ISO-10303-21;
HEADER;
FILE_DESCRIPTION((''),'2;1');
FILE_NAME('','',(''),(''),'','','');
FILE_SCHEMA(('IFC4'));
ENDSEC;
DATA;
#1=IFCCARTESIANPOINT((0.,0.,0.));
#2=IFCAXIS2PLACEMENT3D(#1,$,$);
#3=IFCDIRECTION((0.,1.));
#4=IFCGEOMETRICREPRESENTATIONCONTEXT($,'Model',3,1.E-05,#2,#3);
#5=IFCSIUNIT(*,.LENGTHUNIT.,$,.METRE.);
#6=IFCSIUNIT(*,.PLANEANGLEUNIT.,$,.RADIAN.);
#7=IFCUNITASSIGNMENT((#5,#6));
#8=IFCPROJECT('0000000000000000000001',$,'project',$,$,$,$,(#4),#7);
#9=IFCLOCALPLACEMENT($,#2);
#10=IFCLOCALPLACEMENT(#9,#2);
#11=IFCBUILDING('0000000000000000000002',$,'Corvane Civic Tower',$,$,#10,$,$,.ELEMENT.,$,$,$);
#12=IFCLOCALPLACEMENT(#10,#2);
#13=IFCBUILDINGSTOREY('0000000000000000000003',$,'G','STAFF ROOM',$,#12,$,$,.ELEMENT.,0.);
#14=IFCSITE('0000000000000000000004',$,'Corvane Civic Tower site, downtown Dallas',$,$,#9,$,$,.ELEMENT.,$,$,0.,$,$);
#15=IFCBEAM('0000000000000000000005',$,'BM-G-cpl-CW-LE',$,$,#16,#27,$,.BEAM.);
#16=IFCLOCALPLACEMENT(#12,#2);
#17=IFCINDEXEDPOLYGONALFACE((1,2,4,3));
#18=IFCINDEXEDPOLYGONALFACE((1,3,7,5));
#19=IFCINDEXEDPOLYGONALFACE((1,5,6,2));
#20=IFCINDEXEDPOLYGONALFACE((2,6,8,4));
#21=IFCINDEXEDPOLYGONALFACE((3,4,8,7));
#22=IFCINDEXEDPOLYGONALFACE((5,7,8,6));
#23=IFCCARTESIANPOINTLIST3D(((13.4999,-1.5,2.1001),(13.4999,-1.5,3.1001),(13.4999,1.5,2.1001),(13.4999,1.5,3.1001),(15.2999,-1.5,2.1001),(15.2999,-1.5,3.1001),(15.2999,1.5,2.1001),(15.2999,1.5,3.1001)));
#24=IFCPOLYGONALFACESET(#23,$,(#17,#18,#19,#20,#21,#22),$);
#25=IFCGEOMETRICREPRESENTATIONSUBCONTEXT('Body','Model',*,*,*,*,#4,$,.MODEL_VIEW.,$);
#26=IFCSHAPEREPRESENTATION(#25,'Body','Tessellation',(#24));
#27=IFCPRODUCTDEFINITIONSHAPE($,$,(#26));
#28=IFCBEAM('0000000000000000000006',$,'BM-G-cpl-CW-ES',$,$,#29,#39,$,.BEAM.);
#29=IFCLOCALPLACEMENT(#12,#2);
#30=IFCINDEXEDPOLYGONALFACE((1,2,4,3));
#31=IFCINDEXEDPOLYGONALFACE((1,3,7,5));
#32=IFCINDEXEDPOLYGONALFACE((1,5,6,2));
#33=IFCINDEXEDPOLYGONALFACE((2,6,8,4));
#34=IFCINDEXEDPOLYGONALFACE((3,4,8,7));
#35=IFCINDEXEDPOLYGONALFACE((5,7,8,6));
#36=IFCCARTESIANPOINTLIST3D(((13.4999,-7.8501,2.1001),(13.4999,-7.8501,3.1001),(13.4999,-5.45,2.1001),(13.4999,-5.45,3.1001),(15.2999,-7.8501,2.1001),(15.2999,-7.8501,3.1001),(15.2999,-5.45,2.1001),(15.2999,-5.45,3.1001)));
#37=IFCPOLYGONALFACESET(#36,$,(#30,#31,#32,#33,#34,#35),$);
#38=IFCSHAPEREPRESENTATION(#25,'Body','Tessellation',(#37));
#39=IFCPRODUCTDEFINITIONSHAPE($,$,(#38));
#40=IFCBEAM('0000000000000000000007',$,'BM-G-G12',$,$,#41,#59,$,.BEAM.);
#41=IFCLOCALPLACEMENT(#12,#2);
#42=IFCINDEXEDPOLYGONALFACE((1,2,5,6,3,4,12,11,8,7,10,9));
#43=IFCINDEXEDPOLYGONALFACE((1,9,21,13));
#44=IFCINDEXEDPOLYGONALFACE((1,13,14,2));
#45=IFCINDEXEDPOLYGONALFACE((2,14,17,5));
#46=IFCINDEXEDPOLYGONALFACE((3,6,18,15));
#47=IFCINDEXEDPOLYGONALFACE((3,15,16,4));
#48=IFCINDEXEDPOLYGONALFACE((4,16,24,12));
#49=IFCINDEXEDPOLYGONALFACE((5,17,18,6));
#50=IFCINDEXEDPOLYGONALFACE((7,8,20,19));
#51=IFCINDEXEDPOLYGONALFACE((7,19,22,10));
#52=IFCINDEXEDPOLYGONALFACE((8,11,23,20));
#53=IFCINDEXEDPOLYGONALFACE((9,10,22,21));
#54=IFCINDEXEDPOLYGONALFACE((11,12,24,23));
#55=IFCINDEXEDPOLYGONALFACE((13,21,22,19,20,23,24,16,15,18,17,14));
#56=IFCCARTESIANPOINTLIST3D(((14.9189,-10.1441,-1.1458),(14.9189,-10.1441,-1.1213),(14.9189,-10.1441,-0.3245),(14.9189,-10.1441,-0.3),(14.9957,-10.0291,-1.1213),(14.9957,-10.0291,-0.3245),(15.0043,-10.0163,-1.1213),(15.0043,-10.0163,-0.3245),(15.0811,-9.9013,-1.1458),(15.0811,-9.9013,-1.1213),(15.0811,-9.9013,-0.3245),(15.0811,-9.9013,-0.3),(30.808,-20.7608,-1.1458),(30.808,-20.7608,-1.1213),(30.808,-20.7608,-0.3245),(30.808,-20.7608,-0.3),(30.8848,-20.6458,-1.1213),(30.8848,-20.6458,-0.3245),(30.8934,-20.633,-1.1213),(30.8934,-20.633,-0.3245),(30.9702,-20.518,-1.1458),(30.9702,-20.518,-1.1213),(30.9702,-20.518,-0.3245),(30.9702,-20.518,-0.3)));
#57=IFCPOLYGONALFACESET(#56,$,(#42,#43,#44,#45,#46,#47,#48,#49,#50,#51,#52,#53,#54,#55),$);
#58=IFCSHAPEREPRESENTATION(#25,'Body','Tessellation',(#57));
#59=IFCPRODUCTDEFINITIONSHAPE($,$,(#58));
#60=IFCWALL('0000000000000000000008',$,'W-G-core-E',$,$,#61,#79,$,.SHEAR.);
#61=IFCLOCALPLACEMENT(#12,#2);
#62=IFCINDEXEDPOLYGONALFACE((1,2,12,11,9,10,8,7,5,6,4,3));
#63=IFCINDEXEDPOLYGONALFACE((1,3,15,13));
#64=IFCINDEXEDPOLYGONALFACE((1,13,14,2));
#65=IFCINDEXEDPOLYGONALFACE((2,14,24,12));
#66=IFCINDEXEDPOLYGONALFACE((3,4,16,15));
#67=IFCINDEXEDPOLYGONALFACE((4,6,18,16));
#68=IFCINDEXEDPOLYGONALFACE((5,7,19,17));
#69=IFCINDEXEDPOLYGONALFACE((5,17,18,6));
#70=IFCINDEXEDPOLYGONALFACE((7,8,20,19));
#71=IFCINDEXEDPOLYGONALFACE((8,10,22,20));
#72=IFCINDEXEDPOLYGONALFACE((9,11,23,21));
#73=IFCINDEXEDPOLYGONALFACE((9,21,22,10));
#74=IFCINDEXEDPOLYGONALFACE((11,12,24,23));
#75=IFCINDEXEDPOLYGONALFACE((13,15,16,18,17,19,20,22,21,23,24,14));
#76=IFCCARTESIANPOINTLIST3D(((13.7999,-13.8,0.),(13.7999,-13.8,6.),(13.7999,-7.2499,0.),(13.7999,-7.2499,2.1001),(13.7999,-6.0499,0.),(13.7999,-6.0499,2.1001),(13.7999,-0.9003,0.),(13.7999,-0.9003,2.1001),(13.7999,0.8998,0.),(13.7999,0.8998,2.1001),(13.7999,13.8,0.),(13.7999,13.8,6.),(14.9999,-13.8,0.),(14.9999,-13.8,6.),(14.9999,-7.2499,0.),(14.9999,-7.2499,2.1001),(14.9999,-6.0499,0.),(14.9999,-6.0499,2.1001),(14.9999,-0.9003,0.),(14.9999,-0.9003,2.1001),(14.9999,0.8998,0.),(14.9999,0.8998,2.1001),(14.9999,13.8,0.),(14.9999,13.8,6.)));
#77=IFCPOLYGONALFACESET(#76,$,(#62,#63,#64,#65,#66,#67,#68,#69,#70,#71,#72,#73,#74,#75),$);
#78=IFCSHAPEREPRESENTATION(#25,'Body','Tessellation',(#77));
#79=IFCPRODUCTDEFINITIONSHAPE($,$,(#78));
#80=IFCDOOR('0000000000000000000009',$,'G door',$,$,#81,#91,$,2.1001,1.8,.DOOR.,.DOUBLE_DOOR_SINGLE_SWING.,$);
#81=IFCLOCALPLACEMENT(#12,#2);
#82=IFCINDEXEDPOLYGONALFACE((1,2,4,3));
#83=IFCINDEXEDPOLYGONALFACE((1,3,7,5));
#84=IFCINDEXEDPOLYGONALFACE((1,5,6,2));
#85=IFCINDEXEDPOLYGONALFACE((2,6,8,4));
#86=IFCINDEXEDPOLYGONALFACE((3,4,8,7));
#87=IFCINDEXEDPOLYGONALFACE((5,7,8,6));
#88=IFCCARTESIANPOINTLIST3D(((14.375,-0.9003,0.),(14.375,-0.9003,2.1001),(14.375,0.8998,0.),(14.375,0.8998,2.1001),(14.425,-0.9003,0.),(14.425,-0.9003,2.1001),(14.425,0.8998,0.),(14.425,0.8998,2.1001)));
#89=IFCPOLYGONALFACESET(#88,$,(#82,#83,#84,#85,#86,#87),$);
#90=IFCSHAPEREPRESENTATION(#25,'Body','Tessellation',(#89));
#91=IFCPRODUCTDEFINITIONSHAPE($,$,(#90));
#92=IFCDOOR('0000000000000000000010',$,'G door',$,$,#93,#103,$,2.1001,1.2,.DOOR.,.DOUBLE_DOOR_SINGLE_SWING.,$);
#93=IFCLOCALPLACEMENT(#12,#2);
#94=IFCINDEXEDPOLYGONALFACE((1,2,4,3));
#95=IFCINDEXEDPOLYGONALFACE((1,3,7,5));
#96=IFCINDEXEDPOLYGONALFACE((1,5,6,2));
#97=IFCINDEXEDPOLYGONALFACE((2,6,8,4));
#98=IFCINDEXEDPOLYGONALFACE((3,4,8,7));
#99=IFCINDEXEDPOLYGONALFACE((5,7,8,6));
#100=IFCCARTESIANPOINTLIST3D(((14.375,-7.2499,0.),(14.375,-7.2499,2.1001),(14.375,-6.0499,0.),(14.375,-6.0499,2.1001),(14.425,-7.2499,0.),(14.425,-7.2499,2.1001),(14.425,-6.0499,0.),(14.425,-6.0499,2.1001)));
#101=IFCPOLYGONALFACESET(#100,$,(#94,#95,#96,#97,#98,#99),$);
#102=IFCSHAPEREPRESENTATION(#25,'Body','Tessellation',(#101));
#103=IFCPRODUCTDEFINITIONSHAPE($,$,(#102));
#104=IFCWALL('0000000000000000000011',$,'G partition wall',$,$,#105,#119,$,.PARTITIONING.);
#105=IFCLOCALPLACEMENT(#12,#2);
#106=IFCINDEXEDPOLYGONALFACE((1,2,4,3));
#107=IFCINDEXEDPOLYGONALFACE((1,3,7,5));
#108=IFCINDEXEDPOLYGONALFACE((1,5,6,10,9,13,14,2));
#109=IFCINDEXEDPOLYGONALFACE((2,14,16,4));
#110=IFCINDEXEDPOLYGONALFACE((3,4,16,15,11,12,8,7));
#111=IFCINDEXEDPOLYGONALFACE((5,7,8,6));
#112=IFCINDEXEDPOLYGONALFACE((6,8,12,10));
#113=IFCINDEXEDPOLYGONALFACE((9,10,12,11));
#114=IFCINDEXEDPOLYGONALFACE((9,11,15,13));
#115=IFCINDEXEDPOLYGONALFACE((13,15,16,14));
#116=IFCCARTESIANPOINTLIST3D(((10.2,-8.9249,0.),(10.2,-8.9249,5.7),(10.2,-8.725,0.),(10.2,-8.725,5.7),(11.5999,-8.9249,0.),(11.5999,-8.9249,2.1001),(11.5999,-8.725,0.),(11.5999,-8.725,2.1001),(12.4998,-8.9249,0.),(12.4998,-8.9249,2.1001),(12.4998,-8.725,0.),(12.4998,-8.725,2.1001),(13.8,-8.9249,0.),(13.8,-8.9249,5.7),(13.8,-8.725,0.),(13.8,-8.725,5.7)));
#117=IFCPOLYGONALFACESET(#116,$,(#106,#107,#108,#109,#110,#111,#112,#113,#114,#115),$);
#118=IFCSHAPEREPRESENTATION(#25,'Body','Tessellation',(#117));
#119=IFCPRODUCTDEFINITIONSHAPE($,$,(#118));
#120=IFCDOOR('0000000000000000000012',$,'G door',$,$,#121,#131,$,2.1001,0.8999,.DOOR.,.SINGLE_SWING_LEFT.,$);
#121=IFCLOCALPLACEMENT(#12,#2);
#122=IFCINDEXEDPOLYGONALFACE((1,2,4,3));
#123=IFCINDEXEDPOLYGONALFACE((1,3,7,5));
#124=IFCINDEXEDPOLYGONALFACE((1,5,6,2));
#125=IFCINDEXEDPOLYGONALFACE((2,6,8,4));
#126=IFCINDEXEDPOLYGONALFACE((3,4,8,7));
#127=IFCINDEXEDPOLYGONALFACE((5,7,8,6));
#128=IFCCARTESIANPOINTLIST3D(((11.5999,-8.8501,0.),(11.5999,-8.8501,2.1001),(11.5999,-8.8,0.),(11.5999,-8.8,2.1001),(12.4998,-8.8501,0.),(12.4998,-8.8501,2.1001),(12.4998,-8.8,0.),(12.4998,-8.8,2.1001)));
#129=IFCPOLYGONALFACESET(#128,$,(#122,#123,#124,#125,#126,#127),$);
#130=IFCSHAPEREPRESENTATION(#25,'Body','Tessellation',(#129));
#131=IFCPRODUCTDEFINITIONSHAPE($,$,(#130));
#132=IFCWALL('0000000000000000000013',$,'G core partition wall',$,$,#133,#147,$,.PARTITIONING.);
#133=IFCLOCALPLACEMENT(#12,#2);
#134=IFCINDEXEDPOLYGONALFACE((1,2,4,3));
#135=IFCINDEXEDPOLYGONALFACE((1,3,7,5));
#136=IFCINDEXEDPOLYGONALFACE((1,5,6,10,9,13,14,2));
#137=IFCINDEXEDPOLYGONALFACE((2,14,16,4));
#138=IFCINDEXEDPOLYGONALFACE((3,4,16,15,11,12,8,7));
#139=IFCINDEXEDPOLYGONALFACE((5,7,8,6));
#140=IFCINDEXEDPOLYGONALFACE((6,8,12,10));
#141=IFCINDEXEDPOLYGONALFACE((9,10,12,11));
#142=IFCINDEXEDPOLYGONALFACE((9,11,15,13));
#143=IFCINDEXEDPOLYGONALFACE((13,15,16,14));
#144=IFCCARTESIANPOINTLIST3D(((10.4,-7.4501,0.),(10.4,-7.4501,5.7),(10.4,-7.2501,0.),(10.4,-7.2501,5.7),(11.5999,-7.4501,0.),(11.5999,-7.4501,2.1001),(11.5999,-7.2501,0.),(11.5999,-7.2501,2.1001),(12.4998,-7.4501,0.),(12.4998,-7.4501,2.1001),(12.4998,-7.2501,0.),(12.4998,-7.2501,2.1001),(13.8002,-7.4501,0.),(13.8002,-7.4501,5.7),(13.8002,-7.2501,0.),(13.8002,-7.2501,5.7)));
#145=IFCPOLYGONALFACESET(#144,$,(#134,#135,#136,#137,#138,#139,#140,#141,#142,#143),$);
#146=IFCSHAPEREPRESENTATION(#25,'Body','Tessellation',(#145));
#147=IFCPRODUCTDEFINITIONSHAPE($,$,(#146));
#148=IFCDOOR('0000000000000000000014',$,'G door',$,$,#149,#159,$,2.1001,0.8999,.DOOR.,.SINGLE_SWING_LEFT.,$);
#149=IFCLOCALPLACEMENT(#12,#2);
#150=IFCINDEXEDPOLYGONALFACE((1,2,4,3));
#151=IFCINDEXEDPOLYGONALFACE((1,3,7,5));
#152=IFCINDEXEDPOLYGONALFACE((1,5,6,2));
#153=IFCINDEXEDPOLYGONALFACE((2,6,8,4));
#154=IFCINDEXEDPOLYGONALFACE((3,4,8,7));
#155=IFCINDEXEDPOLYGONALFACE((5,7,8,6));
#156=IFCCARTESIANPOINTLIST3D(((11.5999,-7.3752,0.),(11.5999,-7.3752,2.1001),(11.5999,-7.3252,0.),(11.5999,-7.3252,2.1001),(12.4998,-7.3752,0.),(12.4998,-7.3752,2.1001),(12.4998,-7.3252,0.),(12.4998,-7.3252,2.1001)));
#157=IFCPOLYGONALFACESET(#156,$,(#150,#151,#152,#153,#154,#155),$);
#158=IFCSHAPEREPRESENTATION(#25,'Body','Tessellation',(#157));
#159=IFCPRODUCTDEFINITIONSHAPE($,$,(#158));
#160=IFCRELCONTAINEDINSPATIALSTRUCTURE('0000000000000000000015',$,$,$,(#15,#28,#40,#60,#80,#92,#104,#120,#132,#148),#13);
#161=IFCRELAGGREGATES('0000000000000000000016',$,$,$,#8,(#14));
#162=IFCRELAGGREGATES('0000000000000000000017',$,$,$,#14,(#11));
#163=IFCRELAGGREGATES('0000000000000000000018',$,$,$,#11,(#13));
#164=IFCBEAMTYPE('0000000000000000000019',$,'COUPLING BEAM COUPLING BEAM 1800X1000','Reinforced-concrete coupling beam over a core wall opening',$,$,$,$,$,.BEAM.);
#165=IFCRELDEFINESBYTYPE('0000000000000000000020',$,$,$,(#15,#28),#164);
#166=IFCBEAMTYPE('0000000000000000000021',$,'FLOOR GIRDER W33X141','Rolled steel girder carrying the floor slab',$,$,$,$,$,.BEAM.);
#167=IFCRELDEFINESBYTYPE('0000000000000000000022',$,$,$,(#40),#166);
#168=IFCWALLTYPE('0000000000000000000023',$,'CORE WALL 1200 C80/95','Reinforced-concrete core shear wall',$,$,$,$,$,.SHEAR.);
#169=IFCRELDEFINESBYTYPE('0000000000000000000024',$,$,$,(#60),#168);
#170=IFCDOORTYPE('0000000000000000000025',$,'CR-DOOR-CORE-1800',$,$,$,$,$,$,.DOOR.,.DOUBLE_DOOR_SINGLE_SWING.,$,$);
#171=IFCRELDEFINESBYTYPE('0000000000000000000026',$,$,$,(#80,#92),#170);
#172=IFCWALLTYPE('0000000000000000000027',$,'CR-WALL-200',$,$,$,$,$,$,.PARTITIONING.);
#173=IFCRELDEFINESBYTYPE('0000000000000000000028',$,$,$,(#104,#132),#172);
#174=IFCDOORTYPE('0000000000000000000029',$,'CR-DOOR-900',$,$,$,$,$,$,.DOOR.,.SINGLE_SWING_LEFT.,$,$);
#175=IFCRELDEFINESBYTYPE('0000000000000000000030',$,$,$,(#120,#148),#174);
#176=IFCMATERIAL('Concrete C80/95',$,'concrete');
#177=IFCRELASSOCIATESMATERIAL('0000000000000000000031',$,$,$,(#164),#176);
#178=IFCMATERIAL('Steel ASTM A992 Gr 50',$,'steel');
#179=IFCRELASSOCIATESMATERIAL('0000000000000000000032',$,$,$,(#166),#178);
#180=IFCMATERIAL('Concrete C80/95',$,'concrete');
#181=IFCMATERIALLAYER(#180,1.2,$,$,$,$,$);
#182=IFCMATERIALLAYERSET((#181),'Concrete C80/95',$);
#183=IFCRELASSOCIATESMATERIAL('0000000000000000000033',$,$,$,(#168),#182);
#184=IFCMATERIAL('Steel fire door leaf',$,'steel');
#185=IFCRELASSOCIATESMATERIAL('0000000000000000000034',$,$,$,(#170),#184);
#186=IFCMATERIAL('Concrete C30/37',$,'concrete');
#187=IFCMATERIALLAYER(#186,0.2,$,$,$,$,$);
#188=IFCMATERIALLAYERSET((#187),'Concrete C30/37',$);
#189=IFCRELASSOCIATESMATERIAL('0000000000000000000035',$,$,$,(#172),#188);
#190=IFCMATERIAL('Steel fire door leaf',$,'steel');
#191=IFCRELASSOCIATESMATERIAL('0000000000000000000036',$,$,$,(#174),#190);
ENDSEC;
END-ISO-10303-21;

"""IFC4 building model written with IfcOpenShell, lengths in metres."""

from ifc_helpers import new_model, si_unit, direction, frame, frame_2d, origin, origin_2d, place, context, subcontext, project, spatial, rectangle, i_section, extrude, material, layer, layer_set, material_profile, profile_set, type_object, element, fill, save


model = new_model("IFC4")

# Units and contexts
model_context = context("Model", 3, precision=1e-05, world=origin(), true_north=direction((0.0, 1.0)))
body_context = subcontext(model_context, "Body", "Model", "MODEL_VIEW")
ifc_project = project(units=[si_unit("LENGTHUNIT", "METRE"), si_unit("PLANEANGLEUNIT", "RADIAN")], contexts=[model_context])

# Site, building, storey
site_placement = place(None, origin())
site = spatial("IfcSite", under=ifc_project, at=site_placement, Name="Corvane Civic Tower site, downtown Dallas", CompositionType="ELEMENT", RefElevation=0.0)
building_placement = place(site_placement, origin())
building = spatial("IfcBuilding", under=site, at=building_placement, Name="Corvane Civic Tower", CompositionType="ELEMENT")
storey_placement = place(building_placement, origin())
storey = spatial("IfcBuildingStorey", under=building, at=storey_placement, Name="G", Description="STAFF ROOM", CompositionType="ELEMENT", Elevation=0.0)

# Beams
ifc_material_1 = material(Name="Concrete C80/95", Category="concrete")
ifc_material_profile_1 = material_profile(ifc_material_1, rectangle(XDim=1.8, YDim=1.0, at=origin_2d()), Name="COUPLING BEAM 1800X1000")
ifc_profile_set_1 = profile_set([ifc_material_profile_1], Name="Concrete C80/95")
beam_type_1 = type_object("IfcBeamType", Name="COUPLING BEAM COUPLING BEAM 1800X1000", Description="Reinforced-concrete coupling beam over a core wall opening", PredefinedType="BEAM", material=ifc_profile_set_1)
beam_1_placement = place(storey_placement, frame((14.3999, -1.5, 2.6001), z_axis=(0.0, 1.0, 0.0), x_axis=(-1.0, 0.0, 0.0)))
element("IfcBeam", 1, at=beam_1_placement, inside=storey, type_object=beam_type_1, Name="BM-G-cpl-CW-LE", PredefinedType="BEAM", context=body_context, shape_type="SweptSolid", body=[
    extrude(rectangle(XDim=1.8, YDim=1.0, at=origin_2d()), origin(), (0.0, 0.0, 1.0), 3.0),
])
beam_2_placement = place(storey_placement, frame((14.3999, -7.8501, 2.6001), z_axis=(0.0, 1.0, 0.0), x_axis=(-1.0, 0.0, 0.0)))
element("IfcBeam", 2, at=beam_2_placement, inside=storey, type_object=beam_type_1, Name="BM-G-cpl-CW-ES", PredefinedType="BEAM", context=body_context, shape_type="SweptSolid", body=[
    extrude(rectangle(XDim=1.8, YDim=1.0, at=origin_2d()), origin(), (0.0, 0.0, 1.0), 2.4001),
])
ifc_material_2 = material(Name="Steel ASTM A992 Gr 50", Category="steel")
ifc_material_profile_2 = material_profile(ifc_material_2, i_section(OverallWidth=0.292, OverallDepth=0.8457, WebThickness=0.0154, FlangeThickness=0.0244, at=origin_2d()), Name="W33X141")
ifc_profile_set_2 = profile_set([ifc_material_profile_2], Name="Steel ASTM A992 Gr 50")
beam_type_2 = type_object("IfcBeamType", Name="FLOOR GIRDER W33X141", Description="Rolled steel girder carrying the floor slab", PredefinedType="BEAM", material=ifc_profile_set_2)
beam_3_placement = place(storey_placement, frame((15.0, -10.0227, -0.7229), z_axis=(0.831472, -0.555567, 0.0), x_axis=(0.555567, 0.831472, 0.0)))
element("IfcBeam", 3, at=beam_3_placement, inside=storey, type_object=beam_type_2, Name="BM-G-G12", PredefinedType="BEAM", context=body_context, shape_type="SweptSolid", body=[
    extrude(i_section(OverallWidth=0.292, OverallDepth=0.8457, WebThickness=0.0154, FlangeThickness=0.0244, at=origin_2d()), origin(), (0.0, 0.0, 1.0), 19.1096),
])

# Wall, openings, doors
ifc_material_3 = material(Name="Concrete C80/95", Category="concrete")
ifc_layer_1 = layer(ifc_material_3, 1.2)
ifc_layer_set_1 = layer_set([ifc_layer_1], Name="Concrete C80/95")
wall_type_1 = type_object("IfcWallType", Name="CORE WALL 1200 C80/95", Description="Reinforced-concrete core shear wall", PredefinedType="SHEAR", material=ifc_layer_set_1)
wall_1_placement = place(storey_placement, frame((14.3999, -13.8, 0.0), z_axis=(0.0, 0.0, 1.0), x_axis=(0.0, 1.0, 0.0)))
wall_1 = element("IfcWall", 4, at=wall_1_placement, inside=storey, type_object=wall_type_1, Name="W-G-core-E", PredefinedType="SHEAR", context=body_context, shape_type="SweptSolid", body=[
    extrude(rectangle(XDim=27.6001, YDim=1.2, at=frame_2d((13.8, 0.0))), origin(), (0.0, 0.0, 1.0), 6.0),
])
opening_1_placement = place(wall_1_placement, frame((12.8999, 0.0, 0.0)))
opening_1 = element("IfcOpeningElement", 5, at=opening_1_placement, cuts=wall_1, PredefinedType="OPENING", context=body_context, shape_type="SweptSolid", body=[
    extrude(rectangle(XDim=1.8, YDim=2.1001, at=frame_2d((0.8999, 1.05))), frame((0.0, 0.6099, 0.0), z_axis=(0.0, -1.0, 0.0), x_axis=(1.0, 0.0, 0.0)), (0.0, 0.0, 1.0), 1.22),
])
opening_2_placement = place(wall_1_placement, frame((6.55, 0.0, 0.0)))
opening_2 = element("IfcOpeningElement", 6, at=opening_2_placement, cuts=wall_1, PredefinedType="OPENING", context=body_context, shape_type="SweptSolid", body=[
    extrude(rectangle(XDim=1.2, YDim=2.1001, at=frame_2d((0.6001, 1.05))), frame((0.0, 0.6099, 0.0), z_axis=(0.0, -1.0, 0.0), x_axis=(1.0, 0.0, 0.0)), (0.0, 0.0, 1.0), 1.22),
])
ifc_material_4 = material(Name="Steel fire door leaf", Category="steel")
door_type_1 = type_object("IfcDoorType", Name="CR-DOOR-CORE-1800", OperationType="DOUBLE_DOOR_SINGLE_SWING", PredefinedType="DOOR", material=ifc_material_4)
door_1_placement = place(opening_1_placement, origin())
door_1 = element("IfcDoor", 7, at=door_1_placement, inside=storey, type_object=door_type_1, Name="G door", OperationType="DOUBLE_DOOR_SINGLE_SWING", OverallHeight=2.1001, OverallWidth=1.8, PredefinedType="DOOR", context=body_context, shape_type="SweptSolid", body=[
    extrude(rectangle(XDim=1.8, YDim=2.1001, at=frame_2d((0.8999, 1.05))), frame((0.0, 0.0249, 0.0), z_axis=(0.0, -1.0, 0.0), x_axis=(1.0, 0.0, 0.0)), (0.0, 0.0, 1.0), 0.05),
])
fill(opening_1, door_1)
door_2_placement = place(opening_2_placement, origin())
door_2 = element("IfcDoor", 8, at=door_2_placement, inside=storey, type_object=door_type_1, Name="G door", OperationType="DOUBLE_DOOR_SINGLE_SWING", OverallHeight=2.1001, OverallWidth=1.2, PredefinedType="DOOR", context=body_context, shape_type="SweptSolid", body=[
    extrude(rectangle(XDim=1.2, YDim=2.1001, at=frame_2d((0.6001, 1.05))), frame((0.0, 0.0249, 0.0), z_axis=(0.0, -1.0, 0.0), x_axis=(1.0, 0.0, 0.0)), (0.0, 0.0, 1.0), 0.05),
])
fill(opening_2, door_2)

# Walls, openings, doors
ifc_material_5 = material(Name="Concrete C30/37", Category="concrete")
ifc_layer_2 = layer(ifc_material_5, 0.2)
ifc_layer_set_2 = layer_set([ifc_layer_2], Name="Concrete C30/37")
wall_type_2 = type_object("IfcWallType", Name="CR-WALL-200", PredefinedType="PARTITIONING", material=ifc_layer_set_2)
wall_2_placement = place(storey_placement, frame((10.2, -8.825, 0.0), z_axis=(0.0, 0.0, 1.0), x_axis=(1.0, 0.0, 0.0)))
wall_2 = element("IfcWall", 9, at=wall_2_placement, inside=storey, type_object=wall_type_2, Name="G partition wall", PredefinedType="PARTITIONING", context=body_context, shape_type="SweptSolid", body=[
    extrude(rectangle(XDim=3.6001, YDim=0.2, at=frame_2d((1.8, 0.0))), origin(), (0.0, 0.0, 1.0), 5.7),
])
opening_3_placement = place(wall_2_placement, frame((1.3999, 0.0, 0.0)))
opening_3 = element("IfcOpeningElement", 10, at=opening_3_placement, cuts=wall_2, PredefinedType="OPENING", context=body_context, shape_type="SweptSolid", body=[
    extrude(rectangle(XDim=0.8999, YDim=2.1001, at=frame_2d((0.45, 1.05))), frame((0.0, 0.1099, 0.0), z_axis=(0.0, -1.0, 0.0), x_axis=(1.0, 0.0, 0.0)), (0.0, 0.0, 1.0), 0.22),
])
ifc_material_6 = material(Name="Steel fire door leaf", Category="steel")
door_type_2 = type_object("IfcDoorType", Name="CR-DOOR-900", OperationType="SINGLE_SWING_LEFT", PredefinedType="DOOR", material=ifc_material_6)
door_3_placement = place(opening_3_placement, origin())
door_3 = element("IfcDoor", 11, at=door_3_placement, inside=storey, type_object=door_type_2, Name="G door", OperationType="SINGLE_SWING_LEFT", OverallHeight=2.1001, OverallWidth=0.8999, PredefinedType="DOOR", context=body_context, shape_type="SweptSolid", body=[
    extrude(rectangle(XDim=0.8999, YDim=2.1001, at=frame_2d((0.45, 1.05))), frame((0.0, 0.0249, 0.0), z_axis=(0.0, -1.0, 0.0), x_axis=(1.0, 0.0, 0.0)), (0.0, 0.0, 1.0), 0.05),
])
fill(opening_3, door_3)
wall_3_placement = place(storey_placement, frame((10.3999, -7.3501, 0.0), z_axis=(0.0, 0.0, 1.0), x_axis=(1.0, 0.0, 0.0)))
wall_3 = element("IfcWall", 12, at=wall_3_placement, inside=storey, type_object=wall_type_2, Name="G core partition wall", PredefinedType="PARTITIONING", context=body_context, shape_type="SweptSolid", body=[
    extrude(rectangle(XDim=3.4001, YDim=0.2, at=frame_2d((1.7002, 0.0))), origin(), (0.0, 0.0, 1.0), 5.7),
])
opening_4_placement = place(wall_3_placement, frame((1.2, 0.0, 0.0)))
opening_4 = element("IfcOpeningElement", 13, at=opening_4_placement, cuts=wall_3, PredefinedType="OPENING", context=body_context, shape_type="SweptSolid", body=[
    extrude(rectangle(XDim=0.8999, YDim=2.1001, at=frame_2d((0.45, 1.05))), frame((0.0, 0.1099, 0.0), z_axis=(0.0, -1.0, 0.0), x_axis=(1.0, 0.0, 0.0)), (0.0, 0.0, 1.0), 0.22),
])
door_4_placement = place(opening_4_placement, origin())
door_4 = element("IfcDoor", 14, at=door_4_placement, inside=storey, type_object=door_type_2, Name="G door", OperationType="SINGLE_SWING_LEFT", OverallHeight=2.1001, OverallWidth=0.8999, PredefinedType="DOOR", context=body_context, shape_type="SweptSolid", body=[
    extrude(rectangle(XDim=0.8999, YDim=2.1001, at=frame_2d((0.45, 1.05))), frame((0.0, 0.0249, 0.0), z_axis=(0.0, -1.0, 0.0), x_axis=(1.0, 0.0, 0.0)), (0.0, 0.0, 1.0), 0.05),
])
fill(opening_4, door_4)

save(model, "model.ifc")
